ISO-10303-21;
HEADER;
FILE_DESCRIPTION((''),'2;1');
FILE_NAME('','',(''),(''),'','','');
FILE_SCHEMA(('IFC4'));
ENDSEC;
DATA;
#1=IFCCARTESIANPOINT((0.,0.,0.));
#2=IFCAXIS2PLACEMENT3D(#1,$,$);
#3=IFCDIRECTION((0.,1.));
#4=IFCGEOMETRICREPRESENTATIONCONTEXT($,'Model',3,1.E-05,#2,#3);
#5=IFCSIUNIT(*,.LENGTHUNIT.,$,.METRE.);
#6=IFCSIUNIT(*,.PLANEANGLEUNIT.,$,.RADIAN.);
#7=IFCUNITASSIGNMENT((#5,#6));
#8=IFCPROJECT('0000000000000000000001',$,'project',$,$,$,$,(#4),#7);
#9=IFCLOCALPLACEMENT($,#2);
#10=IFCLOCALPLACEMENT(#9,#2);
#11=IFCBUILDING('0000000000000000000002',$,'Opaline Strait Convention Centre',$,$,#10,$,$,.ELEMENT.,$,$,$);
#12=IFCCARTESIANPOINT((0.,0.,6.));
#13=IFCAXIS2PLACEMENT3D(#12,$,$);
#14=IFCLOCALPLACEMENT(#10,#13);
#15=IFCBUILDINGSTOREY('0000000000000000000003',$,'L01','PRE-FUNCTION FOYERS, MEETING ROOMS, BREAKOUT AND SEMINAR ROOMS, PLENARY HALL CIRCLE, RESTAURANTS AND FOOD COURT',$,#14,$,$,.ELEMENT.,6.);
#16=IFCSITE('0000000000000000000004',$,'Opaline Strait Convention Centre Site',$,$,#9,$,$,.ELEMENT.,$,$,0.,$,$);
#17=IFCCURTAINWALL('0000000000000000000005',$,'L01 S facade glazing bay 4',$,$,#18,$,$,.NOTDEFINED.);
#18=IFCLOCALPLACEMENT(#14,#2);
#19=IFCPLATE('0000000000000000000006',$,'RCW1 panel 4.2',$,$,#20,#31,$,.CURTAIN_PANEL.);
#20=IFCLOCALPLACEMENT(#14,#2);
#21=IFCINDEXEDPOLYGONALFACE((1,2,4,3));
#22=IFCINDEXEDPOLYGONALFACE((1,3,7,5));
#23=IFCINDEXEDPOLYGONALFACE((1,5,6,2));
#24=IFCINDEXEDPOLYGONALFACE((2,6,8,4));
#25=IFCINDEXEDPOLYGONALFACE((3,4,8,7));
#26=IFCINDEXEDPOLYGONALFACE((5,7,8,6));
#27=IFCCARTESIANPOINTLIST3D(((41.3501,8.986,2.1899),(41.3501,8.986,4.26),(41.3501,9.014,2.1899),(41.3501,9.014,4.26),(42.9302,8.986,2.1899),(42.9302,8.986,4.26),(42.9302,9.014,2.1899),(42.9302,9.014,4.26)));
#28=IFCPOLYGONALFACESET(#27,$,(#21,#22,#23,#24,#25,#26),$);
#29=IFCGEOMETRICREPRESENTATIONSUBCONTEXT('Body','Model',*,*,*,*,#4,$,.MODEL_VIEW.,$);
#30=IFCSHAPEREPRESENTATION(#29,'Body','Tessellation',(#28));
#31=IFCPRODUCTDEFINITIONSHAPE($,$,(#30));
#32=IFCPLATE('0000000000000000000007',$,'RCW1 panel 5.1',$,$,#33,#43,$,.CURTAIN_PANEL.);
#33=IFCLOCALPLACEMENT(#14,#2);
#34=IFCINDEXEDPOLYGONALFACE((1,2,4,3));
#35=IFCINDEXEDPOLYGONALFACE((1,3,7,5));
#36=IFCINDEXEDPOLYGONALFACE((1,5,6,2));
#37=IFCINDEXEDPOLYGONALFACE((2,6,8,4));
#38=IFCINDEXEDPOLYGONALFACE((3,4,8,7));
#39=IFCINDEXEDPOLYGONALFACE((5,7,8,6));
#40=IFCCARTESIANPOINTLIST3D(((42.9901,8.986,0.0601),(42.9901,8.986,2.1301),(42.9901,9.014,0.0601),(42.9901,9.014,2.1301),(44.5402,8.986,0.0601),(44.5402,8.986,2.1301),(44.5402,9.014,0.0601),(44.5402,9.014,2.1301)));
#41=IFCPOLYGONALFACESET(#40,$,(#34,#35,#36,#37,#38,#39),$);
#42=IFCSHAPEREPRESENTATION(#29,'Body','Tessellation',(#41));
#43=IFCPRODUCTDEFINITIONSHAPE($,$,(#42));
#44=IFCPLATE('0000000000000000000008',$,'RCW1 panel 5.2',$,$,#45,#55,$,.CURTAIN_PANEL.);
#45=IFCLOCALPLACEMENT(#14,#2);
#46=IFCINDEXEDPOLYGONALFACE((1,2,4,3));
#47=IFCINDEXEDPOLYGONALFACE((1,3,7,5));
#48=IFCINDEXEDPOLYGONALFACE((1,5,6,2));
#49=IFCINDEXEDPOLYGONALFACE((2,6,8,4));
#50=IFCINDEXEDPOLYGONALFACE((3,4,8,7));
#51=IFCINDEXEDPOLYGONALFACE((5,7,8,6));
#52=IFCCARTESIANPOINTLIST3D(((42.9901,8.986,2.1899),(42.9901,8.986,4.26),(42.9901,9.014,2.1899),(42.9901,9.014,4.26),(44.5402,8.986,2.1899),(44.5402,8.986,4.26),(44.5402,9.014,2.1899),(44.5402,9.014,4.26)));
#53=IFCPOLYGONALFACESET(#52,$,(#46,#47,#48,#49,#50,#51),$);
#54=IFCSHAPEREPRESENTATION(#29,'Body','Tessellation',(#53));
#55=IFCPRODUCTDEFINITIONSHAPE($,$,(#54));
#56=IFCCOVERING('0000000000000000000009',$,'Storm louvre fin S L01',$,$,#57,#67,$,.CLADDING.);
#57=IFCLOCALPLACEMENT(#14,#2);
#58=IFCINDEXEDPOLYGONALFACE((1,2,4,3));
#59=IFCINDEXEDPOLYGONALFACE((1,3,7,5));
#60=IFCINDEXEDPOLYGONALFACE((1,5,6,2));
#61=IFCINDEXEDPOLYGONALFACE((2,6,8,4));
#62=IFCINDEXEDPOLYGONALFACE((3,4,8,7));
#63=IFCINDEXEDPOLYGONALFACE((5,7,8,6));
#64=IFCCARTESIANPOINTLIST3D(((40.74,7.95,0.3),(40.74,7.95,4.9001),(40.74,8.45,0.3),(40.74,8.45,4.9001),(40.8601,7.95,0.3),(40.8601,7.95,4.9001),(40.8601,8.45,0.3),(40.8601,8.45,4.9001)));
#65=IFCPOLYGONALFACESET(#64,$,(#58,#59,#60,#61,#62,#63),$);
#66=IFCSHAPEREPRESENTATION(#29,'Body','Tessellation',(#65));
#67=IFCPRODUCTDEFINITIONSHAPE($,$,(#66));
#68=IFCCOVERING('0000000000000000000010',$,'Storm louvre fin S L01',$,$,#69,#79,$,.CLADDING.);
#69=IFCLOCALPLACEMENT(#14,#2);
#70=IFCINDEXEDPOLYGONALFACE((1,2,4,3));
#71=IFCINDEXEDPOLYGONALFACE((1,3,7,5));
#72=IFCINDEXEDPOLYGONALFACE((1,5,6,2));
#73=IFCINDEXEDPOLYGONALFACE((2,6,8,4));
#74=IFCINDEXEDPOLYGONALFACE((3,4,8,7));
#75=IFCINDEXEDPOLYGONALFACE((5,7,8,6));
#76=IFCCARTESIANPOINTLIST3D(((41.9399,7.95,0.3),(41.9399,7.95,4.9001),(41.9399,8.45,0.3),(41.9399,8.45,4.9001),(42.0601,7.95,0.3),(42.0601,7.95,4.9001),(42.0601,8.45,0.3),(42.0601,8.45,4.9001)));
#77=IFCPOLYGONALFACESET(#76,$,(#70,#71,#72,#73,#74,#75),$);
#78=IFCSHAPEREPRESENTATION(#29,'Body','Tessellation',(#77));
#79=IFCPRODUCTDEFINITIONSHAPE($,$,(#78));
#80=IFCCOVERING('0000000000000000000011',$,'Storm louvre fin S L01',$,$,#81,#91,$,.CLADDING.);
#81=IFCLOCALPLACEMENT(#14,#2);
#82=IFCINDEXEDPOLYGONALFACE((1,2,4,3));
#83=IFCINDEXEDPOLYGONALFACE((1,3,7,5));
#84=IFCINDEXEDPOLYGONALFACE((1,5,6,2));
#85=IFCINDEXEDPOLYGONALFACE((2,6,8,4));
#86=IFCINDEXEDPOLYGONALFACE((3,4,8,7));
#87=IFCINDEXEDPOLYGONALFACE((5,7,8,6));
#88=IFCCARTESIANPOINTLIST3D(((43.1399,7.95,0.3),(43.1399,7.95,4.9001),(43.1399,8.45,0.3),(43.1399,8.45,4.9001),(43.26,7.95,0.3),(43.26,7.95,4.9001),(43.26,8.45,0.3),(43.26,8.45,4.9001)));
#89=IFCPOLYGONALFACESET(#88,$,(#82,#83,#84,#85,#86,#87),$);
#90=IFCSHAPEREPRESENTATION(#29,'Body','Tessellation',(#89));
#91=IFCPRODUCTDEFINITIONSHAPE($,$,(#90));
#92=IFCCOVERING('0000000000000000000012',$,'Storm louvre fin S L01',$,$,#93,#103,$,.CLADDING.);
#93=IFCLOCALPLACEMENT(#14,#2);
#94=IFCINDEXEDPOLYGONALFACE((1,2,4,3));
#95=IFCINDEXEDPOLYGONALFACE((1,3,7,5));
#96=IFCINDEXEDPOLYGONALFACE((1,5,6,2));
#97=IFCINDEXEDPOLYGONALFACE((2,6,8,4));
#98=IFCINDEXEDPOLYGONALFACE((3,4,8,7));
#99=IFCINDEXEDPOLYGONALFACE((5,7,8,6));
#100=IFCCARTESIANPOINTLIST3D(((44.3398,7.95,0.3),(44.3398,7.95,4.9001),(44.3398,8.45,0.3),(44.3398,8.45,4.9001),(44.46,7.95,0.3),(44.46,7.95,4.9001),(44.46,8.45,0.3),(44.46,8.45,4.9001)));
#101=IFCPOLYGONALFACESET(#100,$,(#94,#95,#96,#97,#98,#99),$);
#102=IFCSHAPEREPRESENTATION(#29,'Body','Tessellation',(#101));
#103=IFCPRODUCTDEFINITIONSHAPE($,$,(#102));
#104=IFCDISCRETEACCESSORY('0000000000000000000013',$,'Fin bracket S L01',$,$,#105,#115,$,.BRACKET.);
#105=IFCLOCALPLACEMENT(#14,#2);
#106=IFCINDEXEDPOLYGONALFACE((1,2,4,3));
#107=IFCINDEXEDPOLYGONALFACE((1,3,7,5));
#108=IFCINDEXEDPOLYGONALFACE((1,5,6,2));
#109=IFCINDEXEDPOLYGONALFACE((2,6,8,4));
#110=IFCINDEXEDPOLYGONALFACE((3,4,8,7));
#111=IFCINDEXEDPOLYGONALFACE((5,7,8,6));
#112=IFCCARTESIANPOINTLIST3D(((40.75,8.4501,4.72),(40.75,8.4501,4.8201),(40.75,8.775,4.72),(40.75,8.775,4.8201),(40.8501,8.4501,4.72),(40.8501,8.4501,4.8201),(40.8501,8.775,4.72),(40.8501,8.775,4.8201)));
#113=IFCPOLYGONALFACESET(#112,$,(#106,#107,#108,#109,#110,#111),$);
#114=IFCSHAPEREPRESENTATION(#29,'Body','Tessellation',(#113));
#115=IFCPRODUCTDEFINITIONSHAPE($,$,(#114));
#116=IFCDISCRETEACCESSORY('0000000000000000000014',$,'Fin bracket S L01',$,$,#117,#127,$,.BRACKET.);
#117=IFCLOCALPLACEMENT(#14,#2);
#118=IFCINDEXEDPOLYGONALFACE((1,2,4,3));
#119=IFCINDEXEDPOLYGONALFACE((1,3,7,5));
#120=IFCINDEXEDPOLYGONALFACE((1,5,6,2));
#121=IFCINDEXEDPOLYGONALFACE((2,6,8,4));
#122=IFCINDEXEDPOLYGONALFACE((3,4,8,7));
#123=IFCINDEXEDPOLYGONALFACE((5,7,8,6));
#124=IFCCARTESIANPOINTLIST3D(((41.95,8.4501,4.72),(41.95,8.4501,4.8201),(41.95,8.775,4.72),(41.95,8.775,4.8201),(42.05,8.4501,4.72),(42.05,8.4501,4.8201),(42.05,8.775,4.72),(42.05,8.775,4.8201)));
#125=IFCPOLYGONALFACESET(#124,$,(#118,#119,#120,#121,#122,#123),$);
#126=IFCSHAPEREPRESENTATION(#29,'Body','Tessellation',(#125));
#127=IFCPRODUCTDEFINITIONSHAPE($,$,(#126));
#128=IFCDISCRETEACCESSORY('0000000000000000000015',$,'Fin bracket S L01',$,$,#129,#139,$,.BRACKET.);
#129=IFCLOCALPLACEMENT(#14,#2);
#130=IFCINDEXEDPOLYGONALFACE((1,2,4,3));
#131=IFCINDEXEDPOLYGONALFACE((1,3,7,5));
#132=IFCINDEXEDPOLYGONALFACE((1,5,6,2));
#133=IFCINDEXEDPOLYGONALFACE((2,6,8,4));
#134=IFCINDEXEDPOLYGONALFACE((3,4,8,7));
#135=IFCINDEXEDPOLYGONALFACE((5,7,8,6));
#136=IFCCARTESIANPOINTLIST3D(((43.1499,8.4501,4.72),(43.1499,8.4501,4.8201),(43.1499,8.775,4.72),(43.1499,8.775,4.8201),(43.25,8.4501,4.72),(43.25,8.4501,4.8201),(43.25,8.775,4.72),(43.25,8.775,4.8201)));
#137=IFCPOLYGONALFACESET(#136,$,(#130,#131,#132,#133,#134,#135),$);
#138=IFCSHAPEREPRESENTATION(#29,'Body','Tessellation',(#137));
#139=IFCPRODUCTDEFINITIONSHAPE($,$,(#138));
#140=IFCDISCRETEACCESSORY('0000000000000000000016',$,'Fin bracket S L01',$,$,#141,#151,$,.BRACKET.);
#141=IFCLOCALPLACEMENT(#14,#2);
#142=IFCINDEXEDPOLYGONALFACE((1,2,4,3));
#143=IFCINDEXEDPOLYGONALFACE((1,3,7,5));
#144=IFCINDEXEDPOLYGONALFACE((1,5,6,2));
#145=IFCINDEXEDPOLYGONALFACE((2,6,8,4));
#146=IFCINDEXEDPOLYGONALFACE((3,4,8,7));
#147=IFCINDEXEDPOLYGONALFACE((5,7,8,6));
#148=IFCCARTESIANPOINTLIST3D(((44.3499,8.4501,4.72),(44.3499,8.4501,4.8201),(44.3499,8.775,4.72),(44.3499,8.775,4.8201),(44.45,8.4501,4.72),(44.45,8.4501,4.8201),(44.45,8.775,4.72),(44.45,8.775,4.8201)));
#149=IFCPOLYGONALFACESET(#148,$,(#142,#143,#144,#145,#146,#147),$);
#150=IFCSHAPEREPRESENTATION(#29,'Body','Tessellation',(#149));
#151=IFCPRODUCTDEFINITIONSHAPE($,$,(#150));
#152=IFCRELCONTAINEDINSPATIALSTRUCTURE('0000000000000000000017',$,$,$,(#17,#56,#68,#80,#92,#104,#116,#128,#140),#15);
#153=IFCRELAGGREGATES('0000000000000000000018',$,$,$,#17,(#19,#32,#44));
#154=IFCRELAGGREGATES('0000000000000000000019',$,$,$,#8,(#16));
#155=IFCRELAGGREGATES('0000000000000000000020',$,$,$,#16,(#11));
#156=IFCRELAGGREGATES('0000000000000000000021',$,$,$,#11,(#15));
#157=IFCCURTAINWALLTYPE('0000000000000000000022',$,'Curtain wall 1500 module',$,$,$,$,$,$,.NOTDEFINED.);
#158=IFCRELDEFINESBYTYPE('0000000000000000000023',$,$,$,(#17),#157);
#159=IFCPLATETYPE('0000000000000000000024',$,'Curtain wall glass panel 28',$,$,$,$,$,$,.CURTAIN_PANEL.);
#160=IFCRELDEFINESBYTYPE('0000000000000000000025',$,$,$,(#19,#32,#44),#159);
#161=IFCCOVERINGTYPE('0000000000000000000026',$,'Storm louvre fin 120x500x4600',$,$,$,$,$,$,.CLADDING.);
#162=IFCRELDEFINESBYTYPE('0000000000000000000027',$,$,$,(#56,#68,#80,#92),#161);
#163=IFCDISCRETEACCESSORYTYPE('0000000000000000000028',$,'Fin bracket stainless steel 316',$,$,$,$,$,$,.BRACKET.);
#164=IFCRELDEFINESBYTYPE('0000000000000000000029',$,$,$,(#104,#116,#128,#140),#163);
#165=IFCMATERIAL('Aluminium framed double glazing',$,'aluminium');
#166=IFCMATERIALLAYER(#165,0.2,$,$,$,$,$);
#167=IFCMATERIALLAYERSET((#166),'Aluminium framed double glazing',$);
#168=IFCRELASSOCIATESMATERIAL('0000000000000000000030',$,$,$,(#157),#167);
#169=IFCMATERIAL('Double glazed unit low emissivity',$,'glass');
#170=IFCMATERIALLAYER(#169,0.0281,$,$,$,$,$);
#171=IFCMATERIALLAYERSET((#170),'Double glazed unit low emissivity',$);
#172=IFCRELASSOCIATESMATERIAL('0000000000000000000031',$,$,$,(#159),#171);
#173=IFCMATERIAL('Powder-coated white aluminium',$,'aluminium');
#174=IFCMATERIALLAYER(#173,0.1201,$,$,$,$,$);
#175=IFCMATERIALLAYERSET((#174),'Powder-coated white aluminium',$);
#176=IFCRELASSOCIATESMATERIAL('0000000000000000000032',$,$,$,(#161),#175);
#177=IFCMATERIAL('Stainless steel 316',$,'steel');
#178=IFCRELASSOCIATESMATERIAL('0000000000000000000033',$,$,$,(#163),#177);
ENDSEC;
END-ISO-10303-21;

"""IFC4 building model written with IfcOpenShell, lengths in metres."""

from ifc_helpers import new_model, si_unit, direction, frame, origin, origin_2d, place, context, subcontext, project, spatial, rectangle, extrude, material, layer, layer_set, type_object, element, aggregate, save


model = new_model("IFC4")

# Units and contexts
model_context = context("Model", 3, precision=1e-05, world=origin(), true_north=direction((0.0, 1.0)))
body_context = subcontext(model_context, "Body", "Model", "MODEL_VIEW")
ifc_project = project(units=[si_unit("LENGTHUNIT", "METRE"), si_unit("PLANEANGLEUNIT", "RADIAN")], contexts=[model_context])

# Site, building, storey
site_placement = place(None, origin())
site = spatial("IfcSite", under=ifc_project, at=site_placement, Name="Opaline Strait Convention Centre Site", CompositionType="ELEMENT", RefElevation=0.0)
building_placement = place(site_placement, origin())
building = spatial("IfcBuilding", under=site, at=building_placement, Name="Opaline Strait Convention Centre", CompositionType="ELEMENT")
storey_placement = place(building_placement, frame((0.0, 0.0, 6.0)))
storey = spatial("IfcBuildingStorey", under=building, at=storey_placement, Name="L01", Description="PRE-FUNCTION FOYERS, MEETING ROOMS, BREAKOUT AND SEMINAR ROOMS, PLENARY HALL CIRCLE, RESTAURANTS AND FOOD COURT", CompositionType="ELEMENT", Elevation=6.0)

# Curtain wall, plates
ifc_material_1 = material(Name="Aluminium framed double glazing", Category="aluminium")
ifc_layer_1 = layer(ifc_material_1, 0.2)
ifc_layer_set_1 = layer_set([ifc_layer_1], Name="Aluminium framed double glazing")
curtain_wall_type = type_object("IfcCurtainWallType", Name="Curtain wall 1500 module", PredefinedType="NOTDEFINED", material=ifc_layer_set_1)
curtain_wall_placement = place(storey_placement, origin())
curtain_wall = element("IfcCurtainWall", 1, at=curtain_wall_placement, inside=storey, type_object=curtain_wall_type, Name="L01 S facade glazing bay 4", PredefinedType="NOTDEFINED")
ifc_material_2 = material(Name="Double glazed unit low emissivity", Category="glass")
ifc_layer_2 = layer(ifc_material_2, 0.0281)
ifc_layer_set_2 = layer_set([ifc_layer_2], Name="Double glazed unit low emissivity")
plate_type = type_object("IfcPlateType", Name="Curtain wall glass panel 28", PredefinedType="CURTAIN_PANEL", material=ifc_layer_set_2)
plate_1_placement = place(storey_placement, frame((42.1401, 9.0, 2.1899), z_axis=(0.0, 0.0, 1.0), x_axis=(1.0, 0.0, 0.0)))
plate_1 = element("IfcPlate", 2, at=plate_1_placement, type_object=plate_type, Name="RCW1 panel 4.2", PredefinedType="CURTAIN_PANEL", context=body_context, shape_type="SweptSolid", body=[
    extrude(rectangle(XDim=1.5801, YDim=0.0281, at=origin_2d()), origin(), (0.0, 0.0, 1.0), 2.0701),
])
plate_2_placement = place(storey_placement, frame((43.7651, 9.0, 0.0601), z_axis=(0.0, 0.0, 1.0), x_axis=(1.0, 0.0, 0.0)))
plate_2 = element("IfcPlate", 3, at=plate_2_placement, type_object=plate_type, Name="RCW1 panel 5.1", PredefinedType="CURTAIN_PANEL", context=body_context, shape_type="SweptSolid", body=[
    extrude(rectangle(XDim=1.55, YDim=0.0281, at=origin_2d()), origin(), (0.0, 0.0, 1.0), 2.0701),
])
plate_3_placement = place(storey_placement, frame((43.7651, 9.0, 2.1899), z_axis=(0.0, 0.0, 1.0), x_axis=(1.0, 0.0, 0.0)))
plate_3 = element("IfcPlate", 4, at=plate_3_placement, type_object=plate_type, Name="RCW1 panel 5.2", PredefinedType="CURTAIN_PANEL", context=body_context, shape_type="SweptSolid", body=[
    extrude(rectangle(XDim=1.55, YDim=0.0281, at=origin_2d()), origin(), (0.0, 0.0, 1.0), 2.0701),
])
aggregate(curtain_wall, [plate_1, plate_2, plate_3])

# Coverings
ifc_material_3 = material(Name="Powder-coated white aluminium", Category="aluminium")
ifc_layer_3 = layer(ifc_material_3, 0.1201)
ifc_layer_set_3 = layer_set([ifc_layer_3], Name="Powder-coated white aluminium")
covering_type = type_object("IfcCoveringType", Name="Storm louvre fin 120x500x4600", PredefinedType="CLADDING", material=ifc_layer_set_3)
for number, where, z_axis, x_axis, name in (
    (5, (40.8, 8.2, 0.3), (0.0, 0.0, 1.0), (1.0, 0.0, 0.0), "Storm louvre fin S L01"),
    (6, (42.0, 8.2, 0.3), (0.0, 0.0, 1.0), (1.0, 0.0, 0.0), "Storm louvre fin S L01"),
    (7, (43.2, 8.2, 0.3), (0.0, 0.0, 1.0), (1.0, 0.0, 0.0), "Storm louvre fin S L01"),
    (8, (44.3999, 8.2, 0.3), (0.0, 0.0, 1.0), (1.0, 0.0, 0.0), "Storm louvre fin S L01"),
):
    element("IfcCovering", number, at=place(storey_placement, frame(where, z_axis=z_axis, x_axis=x_axis)), inside=storey, type_object=covering_type, Name=name, PredefinedType="CLADDING", context=body_context, shape_type="SweptSolid", body=[
        extrude(rectangle(XDim=0.1201, YDim=0.5, at=origin_2d()), origin(), (0.0, 0.0, 1.0), 4.6001),
    ])

# Discrete accessories
ifc_material_4 = material(Name="Stainless steel 316", Category="steel")
discrete_accessory_type = type_object("IfcDiscreteAccessoryType", Name="Fin bracket stainless steel 316", PredefinedType="BRACKET", material=ifc_material_4)
for number, where, z_axis, x_axis, name in (
    (9, (40.8, 8.6125, 4.72), (0.0, 0.0, 1.0), (1.0, 0.0, 0.0), "Fin bracket S L01"),
    (10, (42.0, 8.6125, 4.72), (0.0, 0.0, 1.0), (1.0, 0.0, 0.0), "Fin bracket S L01"),
    (11, (43.2, 8.6125, 4.72), (0.0, 0.0, 1.0), (1.0, 0.0, 0.0), "Fin bracket S L01"),
    (12, (44.3999, 8.6125, 4.72), (0.0, 0.0, 1.0), (1.0, 0.0, 0.0), "Fin bracket S L01"),
):
    element("IfcDiscreteAccessory", number, at=place(storey_placement, frame(where, z_axis=z_axis, x_axis=x_axis)), inside=storey, type_object=discrete_accessory_type, Name=name, PredefinedType="BRACKET", context=body_context, shape_type="SweptSolid", body=[
        extrude(rectangle(XDim=0.1001, YDim=0.325, at=origin_2d()), origin(), (0.0, 0.0, 1.0), 0.1001),
    ])

save(model, "model.ifc")
